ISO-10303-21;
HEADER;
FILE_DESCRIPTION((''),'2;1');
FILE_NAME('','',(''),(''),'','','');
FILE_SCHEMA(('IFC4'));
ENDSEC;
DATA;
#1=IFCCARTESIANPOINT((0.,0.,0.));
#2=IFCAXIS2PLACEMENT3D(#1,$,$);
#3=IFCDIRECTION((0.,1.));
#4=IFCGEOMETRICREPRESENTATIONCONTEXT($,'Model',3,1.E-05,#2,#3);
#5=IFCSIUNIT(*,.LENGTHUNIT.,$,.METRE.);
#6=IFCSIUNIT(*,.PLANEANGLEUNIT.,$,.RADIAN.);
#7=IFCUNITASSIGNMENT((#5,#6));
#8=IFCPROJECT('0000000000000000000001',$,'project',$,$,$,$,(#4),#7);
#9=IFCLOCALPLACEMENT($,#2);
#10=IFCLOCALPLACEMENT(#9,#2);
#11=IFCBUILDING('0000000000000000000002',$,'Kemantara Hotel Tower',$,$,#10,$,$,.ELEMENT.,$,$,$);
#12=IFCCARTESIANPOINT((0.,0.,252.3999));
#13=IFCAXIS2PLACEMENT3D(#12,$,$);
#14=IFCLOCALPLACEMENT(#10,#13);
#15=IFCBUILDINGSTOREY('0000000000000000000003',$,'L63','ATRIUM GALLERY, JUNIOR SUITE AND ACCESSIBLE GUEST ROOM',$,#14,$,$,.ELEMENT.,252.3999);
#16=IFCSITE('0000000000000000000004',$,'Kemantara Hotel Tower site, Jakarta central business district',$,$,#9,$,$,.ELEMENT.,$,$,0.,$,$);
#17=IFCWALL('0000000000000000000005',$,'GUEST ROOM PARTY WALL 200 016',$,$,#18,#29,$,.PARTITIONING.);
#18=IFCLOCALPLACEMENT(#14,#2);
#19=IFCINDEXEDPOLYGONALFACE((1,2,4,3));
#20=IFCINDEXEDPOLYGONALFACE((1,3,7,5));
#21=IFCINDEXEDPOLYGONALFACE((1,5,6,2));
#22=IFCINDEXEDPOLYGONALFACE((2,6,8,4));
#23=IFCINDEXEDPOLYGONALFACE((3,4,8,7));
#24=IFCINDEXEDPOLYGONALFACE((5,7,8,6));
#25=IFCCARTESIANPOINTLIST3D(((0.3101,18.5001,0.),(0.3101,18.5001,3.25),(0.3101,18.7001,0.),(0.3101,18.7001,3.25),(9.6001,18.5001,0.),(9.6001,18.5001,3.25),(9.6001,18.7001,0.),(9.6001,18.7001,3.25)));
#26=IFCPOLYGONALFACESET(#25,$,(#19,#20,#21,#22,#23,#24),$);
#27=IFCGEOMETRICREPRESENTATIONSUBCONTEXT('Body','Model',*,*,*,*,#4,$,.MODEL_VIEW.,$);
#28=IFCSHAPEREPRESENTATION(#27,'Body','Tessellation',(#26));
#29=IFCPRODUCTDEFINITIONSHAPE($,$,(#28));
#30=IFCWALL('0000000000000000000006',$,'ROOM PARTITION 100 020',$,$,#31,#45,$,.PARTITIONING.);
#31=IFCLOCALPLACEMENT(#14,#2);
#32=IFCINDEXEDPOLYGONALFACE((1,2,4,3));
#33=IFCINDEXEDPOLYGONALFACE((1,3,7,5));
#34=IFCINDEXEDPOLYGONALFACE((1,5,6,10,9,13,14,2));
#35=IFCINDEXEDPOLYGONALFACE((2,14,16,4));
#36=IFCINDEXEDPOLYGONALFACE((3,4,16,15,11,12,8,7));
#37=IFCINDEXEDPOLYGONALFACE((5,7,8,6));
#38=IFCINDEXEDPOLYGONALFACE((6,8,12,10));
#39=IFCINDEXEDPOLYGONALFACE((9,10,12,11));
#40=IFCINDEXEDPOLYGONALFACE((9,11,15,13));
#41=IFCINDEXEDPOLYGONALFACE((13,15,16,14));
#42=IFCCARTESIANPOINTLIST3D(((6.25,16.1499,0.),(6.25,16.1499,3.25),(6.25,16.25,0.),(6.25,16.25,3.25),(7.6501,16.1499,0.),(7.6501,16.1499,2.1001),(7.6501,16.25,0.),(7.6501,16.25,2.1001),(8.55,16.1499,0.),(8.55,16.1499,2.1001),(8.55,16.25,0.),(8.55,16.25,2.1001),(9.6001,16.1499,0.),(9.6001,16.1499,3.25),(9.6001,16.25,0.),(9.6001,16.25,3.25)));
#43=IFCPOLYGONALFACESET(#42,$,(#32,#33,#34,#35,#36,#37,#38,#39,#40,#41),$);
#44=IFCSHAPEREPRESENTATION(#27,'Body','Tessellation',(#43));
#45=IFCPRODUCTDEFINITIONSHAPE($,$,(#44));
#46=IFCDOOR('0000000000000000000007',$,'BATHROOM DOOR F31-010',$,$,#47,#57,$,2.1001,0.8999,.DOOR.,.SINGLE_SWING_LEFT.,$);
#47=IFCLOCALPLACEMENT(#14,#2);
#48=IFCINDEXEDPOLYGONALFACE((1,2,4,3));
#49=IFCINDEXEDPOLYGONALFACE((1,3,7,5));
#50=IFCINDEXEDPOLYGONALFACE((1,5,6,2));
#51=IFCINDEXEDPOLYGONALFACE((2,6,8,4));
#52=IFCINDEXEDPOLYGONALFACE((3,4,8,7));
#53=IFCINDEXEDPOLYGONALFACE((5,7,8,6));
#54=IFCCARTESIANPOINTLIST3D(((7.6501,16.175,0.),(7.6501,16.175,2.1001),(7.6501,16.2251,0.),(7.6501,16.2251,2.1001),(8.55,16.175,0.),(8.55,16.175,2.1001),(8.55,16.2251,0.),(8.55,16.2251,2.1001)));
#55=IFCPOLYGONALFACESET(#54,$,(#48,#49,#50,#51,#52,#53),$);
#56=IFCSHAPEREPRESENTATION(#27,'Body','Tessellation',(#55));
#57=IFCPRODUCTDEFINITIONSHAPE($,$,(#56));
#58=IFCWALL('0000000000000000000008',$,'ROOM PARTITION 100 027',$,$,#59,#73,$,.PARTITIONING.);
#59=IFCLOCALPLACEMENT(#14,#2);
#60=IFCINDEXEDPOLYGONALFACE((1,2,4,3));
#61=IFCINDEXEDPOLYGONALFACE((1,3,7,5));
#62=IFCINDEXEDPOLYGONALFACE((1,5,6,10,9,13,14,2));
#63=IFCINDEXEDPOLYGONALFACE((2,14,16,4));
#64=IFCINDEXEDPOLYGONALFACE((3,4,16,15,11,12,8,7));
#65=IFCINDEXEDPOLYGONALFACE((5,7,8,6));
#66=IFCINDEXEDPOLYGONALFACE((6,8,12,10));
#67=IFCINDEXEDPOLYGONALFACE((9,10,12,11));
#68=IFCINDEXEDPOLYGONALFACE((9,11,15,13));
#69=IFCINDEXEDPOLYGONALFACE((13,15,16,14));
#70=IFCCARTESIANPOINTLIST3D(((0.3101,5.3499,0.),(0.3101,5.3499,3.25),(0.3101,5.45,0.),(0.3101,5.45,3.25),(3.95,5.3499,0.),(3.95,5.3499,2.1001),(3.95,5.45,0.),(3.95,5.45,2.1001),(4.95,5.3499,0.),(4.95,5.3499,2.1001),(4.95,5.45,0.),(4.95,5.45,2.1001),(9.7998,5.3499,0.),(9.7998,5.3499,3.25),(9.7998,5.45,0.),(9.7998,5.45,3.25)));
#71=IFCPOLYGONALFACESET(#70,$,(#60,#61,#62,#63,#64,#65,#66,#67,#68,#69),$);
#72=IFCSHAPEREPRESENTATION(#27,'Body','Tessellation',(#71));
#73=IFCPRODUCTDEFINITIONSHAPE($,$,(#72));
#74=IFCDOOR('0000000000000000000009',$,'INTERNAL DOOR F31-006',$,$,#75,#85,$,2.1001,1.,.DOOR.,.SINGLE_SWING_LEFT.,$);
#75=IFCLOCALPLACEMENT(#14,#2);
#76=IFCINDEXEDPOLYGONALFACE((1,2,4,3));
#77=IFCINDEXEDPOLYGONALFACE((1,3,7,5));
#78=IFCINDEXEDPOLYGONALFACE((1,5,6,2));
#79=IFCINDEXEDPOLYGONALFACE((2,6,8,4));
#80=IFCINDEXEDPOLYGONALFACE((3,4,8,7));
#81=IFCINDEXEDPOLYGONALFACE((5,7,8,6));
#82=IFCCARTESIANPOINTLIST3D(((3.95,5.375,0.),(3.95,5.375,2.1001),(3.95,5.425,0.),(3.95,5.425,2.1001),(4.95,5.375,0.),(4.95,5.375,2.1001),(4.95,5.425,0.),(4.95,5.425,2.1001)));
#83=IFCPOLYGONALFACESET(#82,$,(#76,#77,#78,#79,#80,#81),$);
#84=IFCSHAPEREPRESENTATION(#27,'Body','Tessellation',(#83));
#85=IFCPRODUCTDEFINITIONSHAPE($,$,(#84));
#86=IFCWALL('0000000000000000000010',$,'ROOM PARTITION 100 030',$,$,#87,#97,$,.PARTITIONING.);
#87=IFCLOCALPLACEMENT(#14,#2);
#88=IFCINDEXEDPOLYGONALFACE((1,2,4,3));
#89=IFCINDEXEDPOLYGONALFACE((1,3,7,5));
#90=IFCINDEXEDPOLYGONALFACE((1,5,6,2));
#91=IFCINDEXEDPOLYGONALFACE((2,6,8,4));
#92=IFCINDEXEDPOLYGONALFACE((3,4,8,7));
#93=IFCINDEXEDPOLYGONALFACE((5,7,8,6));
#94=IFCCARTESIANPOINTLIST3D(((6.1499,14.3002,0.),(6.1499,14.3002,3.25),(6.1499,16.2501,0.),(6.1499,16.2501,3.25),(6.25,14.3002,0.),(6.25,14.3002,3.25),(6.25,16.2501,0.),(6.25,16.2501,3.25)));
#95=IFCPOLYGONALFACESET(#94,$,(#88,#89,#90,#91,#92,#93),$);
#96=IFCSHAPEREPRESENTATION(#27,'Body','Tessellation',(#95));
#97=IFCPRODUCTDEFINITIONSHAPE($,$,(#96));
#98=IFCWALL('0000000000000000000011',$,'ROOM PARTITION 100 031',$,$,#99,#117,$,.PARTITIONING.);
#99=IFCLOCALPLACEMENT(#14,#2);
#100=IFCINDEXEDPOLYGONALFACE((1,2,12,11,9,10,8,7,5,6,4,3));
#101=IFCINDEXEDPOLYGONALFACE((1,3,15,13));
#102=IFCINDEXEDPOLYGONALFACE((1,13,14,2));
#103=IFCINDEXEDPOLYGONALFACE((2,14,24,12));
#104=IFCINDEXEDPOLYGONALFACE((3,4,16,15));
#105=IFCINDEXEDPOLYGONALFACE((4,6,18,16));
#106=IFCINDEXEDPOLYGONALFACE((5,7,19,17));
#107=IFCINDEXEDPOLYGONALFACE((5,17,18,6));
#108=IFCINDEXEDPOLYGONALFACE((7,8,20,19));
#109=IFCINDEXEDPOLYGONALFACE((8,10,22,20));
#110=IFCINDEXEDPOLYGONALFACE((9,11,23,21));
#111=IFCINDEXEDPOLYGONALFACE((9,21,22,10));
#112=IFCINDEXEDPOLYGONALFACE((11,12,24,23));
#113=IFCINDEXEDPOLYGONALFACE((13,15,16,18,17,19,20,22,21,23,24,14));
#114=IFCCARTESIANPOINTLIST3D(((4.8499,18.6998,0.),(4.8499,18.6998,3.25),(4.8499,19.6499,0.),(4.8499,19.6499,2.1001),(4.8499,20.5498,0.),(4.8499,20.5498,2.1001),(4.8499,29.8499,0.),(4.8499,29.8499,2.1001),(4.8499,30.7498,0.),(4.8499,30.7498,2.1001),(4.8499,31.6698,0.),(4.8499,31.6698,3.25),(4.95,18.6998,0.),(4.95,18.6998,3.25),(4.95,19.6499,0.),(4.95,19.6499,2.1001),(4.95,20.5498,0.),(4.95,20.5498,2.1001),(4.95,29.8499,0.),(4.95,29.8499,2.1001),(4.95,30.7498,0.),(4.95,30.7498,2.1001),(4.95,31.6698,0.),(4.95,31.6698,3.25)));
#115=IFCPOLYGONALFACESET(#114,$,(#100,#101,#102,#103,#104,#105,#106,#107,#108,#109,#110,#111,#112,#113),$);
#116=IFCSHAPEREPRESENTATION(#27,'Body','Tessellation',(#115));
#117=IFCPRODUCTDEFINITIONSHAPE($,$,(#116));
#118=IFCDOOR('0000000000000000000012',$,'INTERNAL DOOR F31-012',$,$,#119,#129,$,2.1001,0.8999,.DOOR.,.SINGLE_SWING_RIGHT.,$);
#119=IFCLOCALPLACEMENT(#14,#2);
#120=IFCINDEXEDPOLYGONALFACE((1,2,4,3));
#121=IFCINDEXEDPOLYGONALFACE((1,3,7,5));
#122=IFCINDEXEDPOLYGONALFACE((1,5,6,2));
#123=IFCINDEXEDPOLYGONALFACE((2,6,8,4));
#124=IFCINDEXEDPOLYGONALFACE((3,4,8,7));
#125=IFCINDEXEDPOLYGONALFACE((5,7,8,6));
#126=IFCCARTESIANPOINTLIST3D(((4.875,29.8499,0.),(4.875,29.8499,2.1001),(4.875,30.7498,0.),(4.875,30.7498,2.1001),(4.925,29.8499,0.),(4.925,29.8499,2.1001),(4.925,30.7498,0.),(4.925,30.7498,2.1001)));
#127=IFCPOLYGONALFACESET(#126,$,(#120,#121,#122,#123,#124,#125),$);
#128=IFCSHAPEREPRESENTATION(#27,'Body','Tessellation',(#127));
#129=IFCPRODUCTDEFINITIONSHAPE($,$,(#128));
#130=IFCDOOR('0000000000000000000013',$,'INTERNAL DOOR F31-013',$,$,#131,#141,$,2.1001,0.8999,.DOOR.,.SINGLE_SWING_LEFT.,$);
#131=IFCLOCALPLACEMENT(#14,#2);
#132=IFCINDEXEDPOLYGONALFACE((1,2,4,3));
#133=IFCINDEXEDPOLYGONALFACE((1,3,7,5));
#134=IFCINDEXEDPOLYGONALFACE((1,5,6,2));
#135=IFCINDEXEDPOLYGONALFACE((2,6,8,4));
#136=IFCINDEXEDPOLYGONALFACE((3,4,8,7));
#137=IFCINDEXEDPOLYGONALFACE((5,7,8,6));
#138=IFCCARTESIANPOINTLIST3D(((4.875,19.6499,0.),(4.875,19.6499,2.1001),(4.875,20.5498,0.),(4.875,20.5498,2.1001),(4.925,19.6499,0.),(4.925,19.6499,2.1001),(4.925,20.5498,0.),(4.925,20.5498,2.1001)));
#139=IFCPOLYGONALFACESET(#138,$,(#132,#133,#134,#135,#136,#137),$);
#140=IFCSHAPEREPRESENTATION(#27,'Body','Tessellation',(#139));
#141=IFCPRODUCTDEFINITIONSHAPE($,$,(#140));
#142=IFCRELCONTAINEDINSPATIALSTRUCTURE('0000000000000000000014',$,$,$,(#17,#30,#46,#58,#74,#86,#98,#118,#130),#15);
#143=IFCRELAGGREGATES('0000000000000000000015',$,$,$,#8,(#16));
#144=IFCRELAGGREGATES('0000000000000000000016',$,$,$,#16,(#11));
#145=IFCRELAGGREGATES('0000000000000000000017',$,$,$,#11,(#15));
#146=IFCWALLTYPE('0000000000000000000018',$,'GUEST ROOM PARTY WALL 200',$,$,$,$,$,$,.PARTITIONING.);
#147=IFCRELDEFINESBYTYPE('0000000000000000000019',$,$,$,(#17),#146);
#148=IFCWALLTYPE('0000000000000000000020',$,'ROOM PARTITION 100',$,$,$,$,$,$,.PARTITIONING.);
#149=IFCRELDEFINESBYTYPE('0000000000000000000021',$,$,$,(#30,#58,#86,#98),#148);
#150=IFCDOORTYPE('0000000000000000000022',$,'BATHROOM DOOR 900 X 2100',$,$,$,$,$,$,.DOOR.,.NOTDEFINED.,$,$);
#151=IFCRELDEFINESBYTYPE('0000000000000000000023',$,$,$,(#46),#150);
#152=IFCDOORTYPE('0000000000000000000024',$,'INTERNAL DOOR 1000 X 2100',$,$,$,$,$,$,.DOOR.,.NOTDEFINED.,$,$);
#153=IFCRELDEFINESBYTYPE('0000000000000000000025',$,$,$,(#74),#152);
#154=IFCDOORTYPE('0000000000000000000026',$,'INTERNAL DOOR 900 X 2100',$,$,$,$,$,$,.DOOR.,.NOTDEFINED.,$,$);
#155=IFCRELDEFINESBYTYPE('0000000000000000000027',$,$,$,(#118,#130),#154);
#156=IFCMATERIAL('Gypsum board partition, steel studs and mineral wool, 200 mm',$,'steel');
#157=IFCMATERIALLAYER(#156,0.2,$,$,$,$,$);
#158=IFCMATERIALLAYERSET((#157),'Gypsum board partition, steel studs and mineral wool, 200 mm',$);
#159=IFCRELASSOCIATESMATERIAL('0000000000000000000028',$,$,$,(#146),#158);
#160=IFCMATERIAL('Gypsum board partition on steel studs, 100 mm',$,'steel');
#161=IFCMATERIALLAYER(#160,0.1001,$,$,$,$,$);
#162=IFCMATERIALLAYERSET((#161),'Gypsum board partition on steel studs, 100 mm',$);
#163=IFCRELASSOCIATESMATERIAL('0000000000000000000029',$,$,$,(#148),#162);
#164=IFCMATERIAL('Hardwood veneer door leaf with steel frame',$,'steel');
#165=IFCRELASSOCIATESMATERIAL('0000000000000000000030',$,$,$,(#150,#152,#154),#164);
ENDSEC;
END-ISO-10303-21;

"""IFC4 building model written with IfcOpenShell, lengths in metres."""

from ifc_helpers import new_model, si_unit, direction, frame, frame_2d, origin, place, context, subcontext, project, spatial, rectangle, extrude, material, layer, layer_set, type_object, element, fill, save


model = new_model("IFC4")

# Units and contexts
model_context = context("Model", 3, precision=1e-05, world=origin(), true_north=direction((0.0, 1.0)))
body_context = subcontext(model_context, "Body", "Model", "MODEL_VIEW")
ifc_project = project(units=[si_unit("LENGTHUNIT", "METRE"), si_unit("PLANEANGLEUNIT", "RADIAN")], contexts=[model_context])

# Site, building, storey
site_placement = place(None, origin())
site = spatial("IfcSite", under=ifc_project, at=site_placement, Name="Kemantara Hotel Tower site, Jakarta central business district", CompositionType="ELEMENT", RefElevation=0.0)
building_placement = place(site_placement, origin())
building = spatial("IfcBuilding", under=site, at=building_placement, Name="Kemantara Hotel Tower", CompositionType="ELEMENT")
storey_placement = place(building_placement, frame((0.0, 0.0, 252.3999)))
storey = spatial("IfcBuildingStorey", under=building, at=storey_placement, Name="L63", Description="ATRIUM GALLERY, JUNIOR SUITE AND ACCESSIBLE GUEST ROOM", CompositionType="ELEMENT", Elevation=252.3999)

# Shared definitions
ifc_material_1 = material(Name="Gypsum board partition, steel studs and mineral wool, 200 mm", Category="steel")
ifc_material_2 = material(Name="Hardwood veneer door leaf with steel frame", Category="steel")

# Wall
ifc_layer_1 = layer(ifc_material_1, 0.2)
ifc_layer_set_1 = layer_set([ifc_layer_1], Name="Gypsum board partition, steel studs and mineral wool, 200 mm")
wall_type_1 = type_object("IfcWallType", Name="GUEST ROOM PARTY WALL 200", PredefinedType="PARTITIONING", material=ifc_layer_set_1)
for number, where, z_axis, x_axis, name in (
    (1, (0.3101, 18.6001, 0.0), (0.0, 0.0, 1.0), (1.0, 0.0, 0.0), "GUEST ROOM PARTY WALL 200 016"),
):
    element("IfcWall", number, at=place(storey_placement, frame(where, z_axis=z_axis, x_axis=x_axis)), inside=storey, type_object=wall_type_1, Name=name, PredefinedType="PARTITIONING", context=body_context, shape_type="SweptSolid", body=[
        extrude(rectangle(XDim=9.29, YDim=0.2, at=frame_2d((4.645, 0.0))), origin(), (0.0, 0.0, 1.0), 3.25),
    ])

# Walls, openings, doors
ifc_material_3 = material(Name="Gypsum board partition on steel studs, 100 mm", Category="steel")
ifc_layer_2 = layer(ifc_material_3, 0.1001)
ifc_layer_set_2 = layer_set([ifc_layer_2], Name="Gypsum board partition on steel studs, 100 mm")
wall_type_2 = type_object("IfcWallType", Name="ROOM PARTITION 100", PredefinedType="PARTITIONING", material=ifc_layer_set_2)
wall_1_placement = place(storey_placement, frame((9.6001, 16.2, 0.0), z_axis=(0.0, 0.0, 1.0), x_axis=(-1.0, 0.0, 0.0)))
wall_1 = element("IfcWall", 2, at=wall_1_placement, inside=storey, type_object=wall_type_2, Name="ROOM PARTITION 100 020", PredefinedType="PARTITIONING", context=body_context, shape_type="SweptSolid", body=[
    extrude(rectangle(XDim=3.3501, YDim=0.1001, at=frame_2d((1.675, 0.0))), origin(), (0.0, 0.0, 1.0), 3.25),
])
opening_1_placement = place(wall_1_placement, frame((1.05, 0.0, 0.0)))
opening_1 = element("IfcOpeningElement", 3, at=opening_1_placement, cuts=wall_1, PredefinedType="OPENING", context=body_context, shape_type="SweptSolid", body=[
    extrude(rectangle(XDim=0.8999, YDim=2.1001, at=frame_2d((0.45, 1.05))), frame((0.0, 0.0601, 0.0), z_axis=(0.0, -1.0, 0.0), x_axis=(1.0, 0.0, 0.0)), (0.0, 0.0, 1.0), 0.1201),
])
door_type_1 = type_object("IfcDoorType", Name="BATHROOM DOOR 900 X 2100", OperationType="NOTDEFINED", PredefinedType="DOOR", material=ifc_material_2)
door_1_placement = place(opening_1_placement, origin())
door_1 = element("IfcDoor", 4, at=door_1_placement, inside=storey, type_object=door_type_1, Name="BATHROOM DOOR F31-010", OperationType="SINGLE_SWING_LEFT", OverallHeight=2.1001, OverallWidth=0.8999, PredefinedType="DOOR", context=body_context, shape_type="SweptSolid", body=[
    extrude(rectangle(XDim=0.8999, YDim=2.1001, at=frame_2d((0.45, 1.05))), frame((0.0, 0.0249, 0.0), z_axis=(0.0, -1.0, 0.0), x_axis=(1.0, 0.0, 0.0)), (0.0, 0.0, 1.0), 0.05),
])
fill(opening_1, door_1)
wall_2_placement = place(storey_placement, frame((9.7998, 5.3999, 0.0), z_axis=(0.0, 0.0, 1.0), x_axis=(-1.0, 0.0, 0.0)))
wall_2 = element("IfcWall", 5, at=wall_2_placement, inside=storey, type_object=wall_type_2, Name="ROOM PARTITION 100 027", PredefinedType="PARTITIONING", context=body_context, shape_type="SweptSolid", body=[
    extrude(rectangle(XDim=9.4897, YDim=0.1001, at=frame_2d((4.7449, 0.0))), origin(), (0.0, 0.0, 1.0), 3.25),
])
opening_2_placement = place(wall_2_placement, frame((4.8499, 0.0, 0.0)))
opening_2 = element("IfcOpeningElement", 6, at=opening_2_placement, cuts=wall_2, PredefinedType="OPENING", context=body_context, shape_type="SweptSolid", body=[
    extrude(rectangle(XDim=1.0, YDim=2.1001, at=frame_2d((0.5, 1.05))), frame((0.0, 0.0601, 0.0), z_axis=(0.0, -1.0, 0.0), x_axis=(1.0, 0.0, 0.0)), (0.0, 0.0, 1.0), 0.1201),
])
door_type_2 = type_object("IfcDoorType", Name="INTERNAL DOOR 1000 X 2100", OperationType="NOTDEFINED", PredefinedType="DOOR", material=ifc_material_2)
door_2_placement = place(opening_2_placement, origin())
door_2 = element("IfcDoor", 7, at=door_2_placement, inside=storey, type_object=door_type_2, Name="INTERNAL DOOR F31-006", OperationType="SINGLE_SWING_LEFT", OverallHeight=2.1001, OverallWidth=1.0, PredefinedType="DOOR", context=body_context, shape_type="SweptSolid", body=[
    extrude(rectangle(XDim=1.0, YDim=2.1001, at=frame_2d((0.5, 1.05))), frame((0.0, 0.0249, 0.0), z_axis=(0.0, -1.0, 0.0), x_axis=(1.0, 0.0, 0.0)), (0.0, 0.0, 1.0), 0.05),
])
fill(opening_2, door_2)

# Wall
wall_3_placement = place(storey_placement, frame((6.2, 14.3, 0.0), z_axis=(0.0, 0.0, 1.0), x_axis=(0.0, 1.0, 0.0)))
element("IfcWall", 8, at=wall_3_placement, inside=storey, type_object=wall_type_2, Name="ROOM PARTITION 100 030", PredefinedType="PARTITIONING", context=body_context, shape_type="SweptSolid", body=[
    extrude(rectangle(XDim=1.95, YDim=0.1001, at=frame_2d((0.9751, 0.0))), origin(), (0.0, 0.0, 1.0), 3.25),
])

# Wall, openings, doors
wall_4_placement = place(storey_placement, frame((4.8999, 18.7, 0.0), z_axis=(0.0, 0.0, 1.0), x_axis=(0.0, 1.0, 0.0)))
wall_4 = element("IfcWall", 9, at=wall_4_placement, inside=storey, type_object=wall_type_2, Name="ROOM PARTITION 100 031", PredefinedType="PARTITIONING", context=body_context, shape_type="SweptSolid", body=[
    extrude(rectangle(XDim=12.97, YDim=0.1001, at=frame_2d((6.4849, 0.0))), origin(), (0.0, 0.0, 1.0), 3.25),
])
opening_3_placement = place(wall_4_placement, frame((11.1499, 0.0, 0.0)))
opening_3 = element("IfcOpeningElement", 10, at=opening_3_placement, cuts=wall_4, PredefinedType="OPENING", context=body_context, shape_type="SweptSolid", body=[
    extrude(rectangle(XDim=0.8999, YDim=2.1001, at=frame_2d((0.45, 1.05))), frame((0.0, 0.0601, 0.0), z_axis=(0.0, -1.0, 0.0), x_axis=(1.0, 0.0, 0.0)), (0.0, 0.0, 1.0), 0.1201),
])
opening_4_placement = place(wall_4_placement, frame((0.95, 0.0, 0.0)))
opening_4 = element("IfcOpeningElement", 11, at=opening_4_placement, cuts=wall_4, PredefinedType="OPENING", context=body_context, shape_type="SweptSolid", body=[
    extrude(rectangle(XDim=0.8999, YDim=2.1001, at=frame_2d((0.45, 1.05))), frame((0.0, 0.0601, 0.0), z_axis=(0.0, -1.0, 0.0), x_axis=(1.0, 0.0, 0.0)), (0.0, 0.0, 1.0), 0.1201),
])
door_type_3 = type_object("IfcDoorType", Name="INTERNAL DOOR 900 X 2100", OperationType="NOTDEFINED", PredefinedType="DOOR", material=ifc_material_2)
door_3_placement = place(opening_3_placement, origin())
door_3 = element("IfcDoor", 12, at=door_3_placement, inside=storey, type_object=door_type_3, Name="INTERNAL DOOR F31-012", OperationType="SINGLE_SWING_RIGHT", OverallHeight=2.1001, OverallWidth=0.8999, PredefinedType="DOOR", context=body_context, shape_type="SweptSolid", body=[
    extrude(rectangle(XDim=0.8999, YDim=2.1001, at=frame_2d((0.45, 1.05))), frame((0.0, 0.0249, 0.0), z_axis=(0.0, -1.0, 0.0), x_axis=(1.0, 0.0, 0.0)), (0.0, 0.0, 1.0), 0.05),
])
fill(opening_3, door_3)
door_4_placement = place(opening_4_placement, origin())
door_4 = element("IfcDoor", 13, at=door_4_placement, inside=storey, type_object=door_type_3, Name="INTERNAL DOOR F31-013", OperationType="SINGLE_SWING_LEFT", OverallHeight=2.1001, OverallWidth=0.8999, PredefinedType="DOOR", context=body_context, shape_type="SweptSolid", body=[
    extrude(rectangle(XDim=0.8999, YDim=2.1001, at=frame_2d((0.45, 1.05))), frame((0.0, 0.0249, 0.0), z_axis=(0.0, -1.0, 0.0), x_axis=(1.0, 0.0, 0.0)), (0.0, 0.0, 1.0), 0.05),
])
fill(opening_4, door_4)

save(model, "model.ifc")
